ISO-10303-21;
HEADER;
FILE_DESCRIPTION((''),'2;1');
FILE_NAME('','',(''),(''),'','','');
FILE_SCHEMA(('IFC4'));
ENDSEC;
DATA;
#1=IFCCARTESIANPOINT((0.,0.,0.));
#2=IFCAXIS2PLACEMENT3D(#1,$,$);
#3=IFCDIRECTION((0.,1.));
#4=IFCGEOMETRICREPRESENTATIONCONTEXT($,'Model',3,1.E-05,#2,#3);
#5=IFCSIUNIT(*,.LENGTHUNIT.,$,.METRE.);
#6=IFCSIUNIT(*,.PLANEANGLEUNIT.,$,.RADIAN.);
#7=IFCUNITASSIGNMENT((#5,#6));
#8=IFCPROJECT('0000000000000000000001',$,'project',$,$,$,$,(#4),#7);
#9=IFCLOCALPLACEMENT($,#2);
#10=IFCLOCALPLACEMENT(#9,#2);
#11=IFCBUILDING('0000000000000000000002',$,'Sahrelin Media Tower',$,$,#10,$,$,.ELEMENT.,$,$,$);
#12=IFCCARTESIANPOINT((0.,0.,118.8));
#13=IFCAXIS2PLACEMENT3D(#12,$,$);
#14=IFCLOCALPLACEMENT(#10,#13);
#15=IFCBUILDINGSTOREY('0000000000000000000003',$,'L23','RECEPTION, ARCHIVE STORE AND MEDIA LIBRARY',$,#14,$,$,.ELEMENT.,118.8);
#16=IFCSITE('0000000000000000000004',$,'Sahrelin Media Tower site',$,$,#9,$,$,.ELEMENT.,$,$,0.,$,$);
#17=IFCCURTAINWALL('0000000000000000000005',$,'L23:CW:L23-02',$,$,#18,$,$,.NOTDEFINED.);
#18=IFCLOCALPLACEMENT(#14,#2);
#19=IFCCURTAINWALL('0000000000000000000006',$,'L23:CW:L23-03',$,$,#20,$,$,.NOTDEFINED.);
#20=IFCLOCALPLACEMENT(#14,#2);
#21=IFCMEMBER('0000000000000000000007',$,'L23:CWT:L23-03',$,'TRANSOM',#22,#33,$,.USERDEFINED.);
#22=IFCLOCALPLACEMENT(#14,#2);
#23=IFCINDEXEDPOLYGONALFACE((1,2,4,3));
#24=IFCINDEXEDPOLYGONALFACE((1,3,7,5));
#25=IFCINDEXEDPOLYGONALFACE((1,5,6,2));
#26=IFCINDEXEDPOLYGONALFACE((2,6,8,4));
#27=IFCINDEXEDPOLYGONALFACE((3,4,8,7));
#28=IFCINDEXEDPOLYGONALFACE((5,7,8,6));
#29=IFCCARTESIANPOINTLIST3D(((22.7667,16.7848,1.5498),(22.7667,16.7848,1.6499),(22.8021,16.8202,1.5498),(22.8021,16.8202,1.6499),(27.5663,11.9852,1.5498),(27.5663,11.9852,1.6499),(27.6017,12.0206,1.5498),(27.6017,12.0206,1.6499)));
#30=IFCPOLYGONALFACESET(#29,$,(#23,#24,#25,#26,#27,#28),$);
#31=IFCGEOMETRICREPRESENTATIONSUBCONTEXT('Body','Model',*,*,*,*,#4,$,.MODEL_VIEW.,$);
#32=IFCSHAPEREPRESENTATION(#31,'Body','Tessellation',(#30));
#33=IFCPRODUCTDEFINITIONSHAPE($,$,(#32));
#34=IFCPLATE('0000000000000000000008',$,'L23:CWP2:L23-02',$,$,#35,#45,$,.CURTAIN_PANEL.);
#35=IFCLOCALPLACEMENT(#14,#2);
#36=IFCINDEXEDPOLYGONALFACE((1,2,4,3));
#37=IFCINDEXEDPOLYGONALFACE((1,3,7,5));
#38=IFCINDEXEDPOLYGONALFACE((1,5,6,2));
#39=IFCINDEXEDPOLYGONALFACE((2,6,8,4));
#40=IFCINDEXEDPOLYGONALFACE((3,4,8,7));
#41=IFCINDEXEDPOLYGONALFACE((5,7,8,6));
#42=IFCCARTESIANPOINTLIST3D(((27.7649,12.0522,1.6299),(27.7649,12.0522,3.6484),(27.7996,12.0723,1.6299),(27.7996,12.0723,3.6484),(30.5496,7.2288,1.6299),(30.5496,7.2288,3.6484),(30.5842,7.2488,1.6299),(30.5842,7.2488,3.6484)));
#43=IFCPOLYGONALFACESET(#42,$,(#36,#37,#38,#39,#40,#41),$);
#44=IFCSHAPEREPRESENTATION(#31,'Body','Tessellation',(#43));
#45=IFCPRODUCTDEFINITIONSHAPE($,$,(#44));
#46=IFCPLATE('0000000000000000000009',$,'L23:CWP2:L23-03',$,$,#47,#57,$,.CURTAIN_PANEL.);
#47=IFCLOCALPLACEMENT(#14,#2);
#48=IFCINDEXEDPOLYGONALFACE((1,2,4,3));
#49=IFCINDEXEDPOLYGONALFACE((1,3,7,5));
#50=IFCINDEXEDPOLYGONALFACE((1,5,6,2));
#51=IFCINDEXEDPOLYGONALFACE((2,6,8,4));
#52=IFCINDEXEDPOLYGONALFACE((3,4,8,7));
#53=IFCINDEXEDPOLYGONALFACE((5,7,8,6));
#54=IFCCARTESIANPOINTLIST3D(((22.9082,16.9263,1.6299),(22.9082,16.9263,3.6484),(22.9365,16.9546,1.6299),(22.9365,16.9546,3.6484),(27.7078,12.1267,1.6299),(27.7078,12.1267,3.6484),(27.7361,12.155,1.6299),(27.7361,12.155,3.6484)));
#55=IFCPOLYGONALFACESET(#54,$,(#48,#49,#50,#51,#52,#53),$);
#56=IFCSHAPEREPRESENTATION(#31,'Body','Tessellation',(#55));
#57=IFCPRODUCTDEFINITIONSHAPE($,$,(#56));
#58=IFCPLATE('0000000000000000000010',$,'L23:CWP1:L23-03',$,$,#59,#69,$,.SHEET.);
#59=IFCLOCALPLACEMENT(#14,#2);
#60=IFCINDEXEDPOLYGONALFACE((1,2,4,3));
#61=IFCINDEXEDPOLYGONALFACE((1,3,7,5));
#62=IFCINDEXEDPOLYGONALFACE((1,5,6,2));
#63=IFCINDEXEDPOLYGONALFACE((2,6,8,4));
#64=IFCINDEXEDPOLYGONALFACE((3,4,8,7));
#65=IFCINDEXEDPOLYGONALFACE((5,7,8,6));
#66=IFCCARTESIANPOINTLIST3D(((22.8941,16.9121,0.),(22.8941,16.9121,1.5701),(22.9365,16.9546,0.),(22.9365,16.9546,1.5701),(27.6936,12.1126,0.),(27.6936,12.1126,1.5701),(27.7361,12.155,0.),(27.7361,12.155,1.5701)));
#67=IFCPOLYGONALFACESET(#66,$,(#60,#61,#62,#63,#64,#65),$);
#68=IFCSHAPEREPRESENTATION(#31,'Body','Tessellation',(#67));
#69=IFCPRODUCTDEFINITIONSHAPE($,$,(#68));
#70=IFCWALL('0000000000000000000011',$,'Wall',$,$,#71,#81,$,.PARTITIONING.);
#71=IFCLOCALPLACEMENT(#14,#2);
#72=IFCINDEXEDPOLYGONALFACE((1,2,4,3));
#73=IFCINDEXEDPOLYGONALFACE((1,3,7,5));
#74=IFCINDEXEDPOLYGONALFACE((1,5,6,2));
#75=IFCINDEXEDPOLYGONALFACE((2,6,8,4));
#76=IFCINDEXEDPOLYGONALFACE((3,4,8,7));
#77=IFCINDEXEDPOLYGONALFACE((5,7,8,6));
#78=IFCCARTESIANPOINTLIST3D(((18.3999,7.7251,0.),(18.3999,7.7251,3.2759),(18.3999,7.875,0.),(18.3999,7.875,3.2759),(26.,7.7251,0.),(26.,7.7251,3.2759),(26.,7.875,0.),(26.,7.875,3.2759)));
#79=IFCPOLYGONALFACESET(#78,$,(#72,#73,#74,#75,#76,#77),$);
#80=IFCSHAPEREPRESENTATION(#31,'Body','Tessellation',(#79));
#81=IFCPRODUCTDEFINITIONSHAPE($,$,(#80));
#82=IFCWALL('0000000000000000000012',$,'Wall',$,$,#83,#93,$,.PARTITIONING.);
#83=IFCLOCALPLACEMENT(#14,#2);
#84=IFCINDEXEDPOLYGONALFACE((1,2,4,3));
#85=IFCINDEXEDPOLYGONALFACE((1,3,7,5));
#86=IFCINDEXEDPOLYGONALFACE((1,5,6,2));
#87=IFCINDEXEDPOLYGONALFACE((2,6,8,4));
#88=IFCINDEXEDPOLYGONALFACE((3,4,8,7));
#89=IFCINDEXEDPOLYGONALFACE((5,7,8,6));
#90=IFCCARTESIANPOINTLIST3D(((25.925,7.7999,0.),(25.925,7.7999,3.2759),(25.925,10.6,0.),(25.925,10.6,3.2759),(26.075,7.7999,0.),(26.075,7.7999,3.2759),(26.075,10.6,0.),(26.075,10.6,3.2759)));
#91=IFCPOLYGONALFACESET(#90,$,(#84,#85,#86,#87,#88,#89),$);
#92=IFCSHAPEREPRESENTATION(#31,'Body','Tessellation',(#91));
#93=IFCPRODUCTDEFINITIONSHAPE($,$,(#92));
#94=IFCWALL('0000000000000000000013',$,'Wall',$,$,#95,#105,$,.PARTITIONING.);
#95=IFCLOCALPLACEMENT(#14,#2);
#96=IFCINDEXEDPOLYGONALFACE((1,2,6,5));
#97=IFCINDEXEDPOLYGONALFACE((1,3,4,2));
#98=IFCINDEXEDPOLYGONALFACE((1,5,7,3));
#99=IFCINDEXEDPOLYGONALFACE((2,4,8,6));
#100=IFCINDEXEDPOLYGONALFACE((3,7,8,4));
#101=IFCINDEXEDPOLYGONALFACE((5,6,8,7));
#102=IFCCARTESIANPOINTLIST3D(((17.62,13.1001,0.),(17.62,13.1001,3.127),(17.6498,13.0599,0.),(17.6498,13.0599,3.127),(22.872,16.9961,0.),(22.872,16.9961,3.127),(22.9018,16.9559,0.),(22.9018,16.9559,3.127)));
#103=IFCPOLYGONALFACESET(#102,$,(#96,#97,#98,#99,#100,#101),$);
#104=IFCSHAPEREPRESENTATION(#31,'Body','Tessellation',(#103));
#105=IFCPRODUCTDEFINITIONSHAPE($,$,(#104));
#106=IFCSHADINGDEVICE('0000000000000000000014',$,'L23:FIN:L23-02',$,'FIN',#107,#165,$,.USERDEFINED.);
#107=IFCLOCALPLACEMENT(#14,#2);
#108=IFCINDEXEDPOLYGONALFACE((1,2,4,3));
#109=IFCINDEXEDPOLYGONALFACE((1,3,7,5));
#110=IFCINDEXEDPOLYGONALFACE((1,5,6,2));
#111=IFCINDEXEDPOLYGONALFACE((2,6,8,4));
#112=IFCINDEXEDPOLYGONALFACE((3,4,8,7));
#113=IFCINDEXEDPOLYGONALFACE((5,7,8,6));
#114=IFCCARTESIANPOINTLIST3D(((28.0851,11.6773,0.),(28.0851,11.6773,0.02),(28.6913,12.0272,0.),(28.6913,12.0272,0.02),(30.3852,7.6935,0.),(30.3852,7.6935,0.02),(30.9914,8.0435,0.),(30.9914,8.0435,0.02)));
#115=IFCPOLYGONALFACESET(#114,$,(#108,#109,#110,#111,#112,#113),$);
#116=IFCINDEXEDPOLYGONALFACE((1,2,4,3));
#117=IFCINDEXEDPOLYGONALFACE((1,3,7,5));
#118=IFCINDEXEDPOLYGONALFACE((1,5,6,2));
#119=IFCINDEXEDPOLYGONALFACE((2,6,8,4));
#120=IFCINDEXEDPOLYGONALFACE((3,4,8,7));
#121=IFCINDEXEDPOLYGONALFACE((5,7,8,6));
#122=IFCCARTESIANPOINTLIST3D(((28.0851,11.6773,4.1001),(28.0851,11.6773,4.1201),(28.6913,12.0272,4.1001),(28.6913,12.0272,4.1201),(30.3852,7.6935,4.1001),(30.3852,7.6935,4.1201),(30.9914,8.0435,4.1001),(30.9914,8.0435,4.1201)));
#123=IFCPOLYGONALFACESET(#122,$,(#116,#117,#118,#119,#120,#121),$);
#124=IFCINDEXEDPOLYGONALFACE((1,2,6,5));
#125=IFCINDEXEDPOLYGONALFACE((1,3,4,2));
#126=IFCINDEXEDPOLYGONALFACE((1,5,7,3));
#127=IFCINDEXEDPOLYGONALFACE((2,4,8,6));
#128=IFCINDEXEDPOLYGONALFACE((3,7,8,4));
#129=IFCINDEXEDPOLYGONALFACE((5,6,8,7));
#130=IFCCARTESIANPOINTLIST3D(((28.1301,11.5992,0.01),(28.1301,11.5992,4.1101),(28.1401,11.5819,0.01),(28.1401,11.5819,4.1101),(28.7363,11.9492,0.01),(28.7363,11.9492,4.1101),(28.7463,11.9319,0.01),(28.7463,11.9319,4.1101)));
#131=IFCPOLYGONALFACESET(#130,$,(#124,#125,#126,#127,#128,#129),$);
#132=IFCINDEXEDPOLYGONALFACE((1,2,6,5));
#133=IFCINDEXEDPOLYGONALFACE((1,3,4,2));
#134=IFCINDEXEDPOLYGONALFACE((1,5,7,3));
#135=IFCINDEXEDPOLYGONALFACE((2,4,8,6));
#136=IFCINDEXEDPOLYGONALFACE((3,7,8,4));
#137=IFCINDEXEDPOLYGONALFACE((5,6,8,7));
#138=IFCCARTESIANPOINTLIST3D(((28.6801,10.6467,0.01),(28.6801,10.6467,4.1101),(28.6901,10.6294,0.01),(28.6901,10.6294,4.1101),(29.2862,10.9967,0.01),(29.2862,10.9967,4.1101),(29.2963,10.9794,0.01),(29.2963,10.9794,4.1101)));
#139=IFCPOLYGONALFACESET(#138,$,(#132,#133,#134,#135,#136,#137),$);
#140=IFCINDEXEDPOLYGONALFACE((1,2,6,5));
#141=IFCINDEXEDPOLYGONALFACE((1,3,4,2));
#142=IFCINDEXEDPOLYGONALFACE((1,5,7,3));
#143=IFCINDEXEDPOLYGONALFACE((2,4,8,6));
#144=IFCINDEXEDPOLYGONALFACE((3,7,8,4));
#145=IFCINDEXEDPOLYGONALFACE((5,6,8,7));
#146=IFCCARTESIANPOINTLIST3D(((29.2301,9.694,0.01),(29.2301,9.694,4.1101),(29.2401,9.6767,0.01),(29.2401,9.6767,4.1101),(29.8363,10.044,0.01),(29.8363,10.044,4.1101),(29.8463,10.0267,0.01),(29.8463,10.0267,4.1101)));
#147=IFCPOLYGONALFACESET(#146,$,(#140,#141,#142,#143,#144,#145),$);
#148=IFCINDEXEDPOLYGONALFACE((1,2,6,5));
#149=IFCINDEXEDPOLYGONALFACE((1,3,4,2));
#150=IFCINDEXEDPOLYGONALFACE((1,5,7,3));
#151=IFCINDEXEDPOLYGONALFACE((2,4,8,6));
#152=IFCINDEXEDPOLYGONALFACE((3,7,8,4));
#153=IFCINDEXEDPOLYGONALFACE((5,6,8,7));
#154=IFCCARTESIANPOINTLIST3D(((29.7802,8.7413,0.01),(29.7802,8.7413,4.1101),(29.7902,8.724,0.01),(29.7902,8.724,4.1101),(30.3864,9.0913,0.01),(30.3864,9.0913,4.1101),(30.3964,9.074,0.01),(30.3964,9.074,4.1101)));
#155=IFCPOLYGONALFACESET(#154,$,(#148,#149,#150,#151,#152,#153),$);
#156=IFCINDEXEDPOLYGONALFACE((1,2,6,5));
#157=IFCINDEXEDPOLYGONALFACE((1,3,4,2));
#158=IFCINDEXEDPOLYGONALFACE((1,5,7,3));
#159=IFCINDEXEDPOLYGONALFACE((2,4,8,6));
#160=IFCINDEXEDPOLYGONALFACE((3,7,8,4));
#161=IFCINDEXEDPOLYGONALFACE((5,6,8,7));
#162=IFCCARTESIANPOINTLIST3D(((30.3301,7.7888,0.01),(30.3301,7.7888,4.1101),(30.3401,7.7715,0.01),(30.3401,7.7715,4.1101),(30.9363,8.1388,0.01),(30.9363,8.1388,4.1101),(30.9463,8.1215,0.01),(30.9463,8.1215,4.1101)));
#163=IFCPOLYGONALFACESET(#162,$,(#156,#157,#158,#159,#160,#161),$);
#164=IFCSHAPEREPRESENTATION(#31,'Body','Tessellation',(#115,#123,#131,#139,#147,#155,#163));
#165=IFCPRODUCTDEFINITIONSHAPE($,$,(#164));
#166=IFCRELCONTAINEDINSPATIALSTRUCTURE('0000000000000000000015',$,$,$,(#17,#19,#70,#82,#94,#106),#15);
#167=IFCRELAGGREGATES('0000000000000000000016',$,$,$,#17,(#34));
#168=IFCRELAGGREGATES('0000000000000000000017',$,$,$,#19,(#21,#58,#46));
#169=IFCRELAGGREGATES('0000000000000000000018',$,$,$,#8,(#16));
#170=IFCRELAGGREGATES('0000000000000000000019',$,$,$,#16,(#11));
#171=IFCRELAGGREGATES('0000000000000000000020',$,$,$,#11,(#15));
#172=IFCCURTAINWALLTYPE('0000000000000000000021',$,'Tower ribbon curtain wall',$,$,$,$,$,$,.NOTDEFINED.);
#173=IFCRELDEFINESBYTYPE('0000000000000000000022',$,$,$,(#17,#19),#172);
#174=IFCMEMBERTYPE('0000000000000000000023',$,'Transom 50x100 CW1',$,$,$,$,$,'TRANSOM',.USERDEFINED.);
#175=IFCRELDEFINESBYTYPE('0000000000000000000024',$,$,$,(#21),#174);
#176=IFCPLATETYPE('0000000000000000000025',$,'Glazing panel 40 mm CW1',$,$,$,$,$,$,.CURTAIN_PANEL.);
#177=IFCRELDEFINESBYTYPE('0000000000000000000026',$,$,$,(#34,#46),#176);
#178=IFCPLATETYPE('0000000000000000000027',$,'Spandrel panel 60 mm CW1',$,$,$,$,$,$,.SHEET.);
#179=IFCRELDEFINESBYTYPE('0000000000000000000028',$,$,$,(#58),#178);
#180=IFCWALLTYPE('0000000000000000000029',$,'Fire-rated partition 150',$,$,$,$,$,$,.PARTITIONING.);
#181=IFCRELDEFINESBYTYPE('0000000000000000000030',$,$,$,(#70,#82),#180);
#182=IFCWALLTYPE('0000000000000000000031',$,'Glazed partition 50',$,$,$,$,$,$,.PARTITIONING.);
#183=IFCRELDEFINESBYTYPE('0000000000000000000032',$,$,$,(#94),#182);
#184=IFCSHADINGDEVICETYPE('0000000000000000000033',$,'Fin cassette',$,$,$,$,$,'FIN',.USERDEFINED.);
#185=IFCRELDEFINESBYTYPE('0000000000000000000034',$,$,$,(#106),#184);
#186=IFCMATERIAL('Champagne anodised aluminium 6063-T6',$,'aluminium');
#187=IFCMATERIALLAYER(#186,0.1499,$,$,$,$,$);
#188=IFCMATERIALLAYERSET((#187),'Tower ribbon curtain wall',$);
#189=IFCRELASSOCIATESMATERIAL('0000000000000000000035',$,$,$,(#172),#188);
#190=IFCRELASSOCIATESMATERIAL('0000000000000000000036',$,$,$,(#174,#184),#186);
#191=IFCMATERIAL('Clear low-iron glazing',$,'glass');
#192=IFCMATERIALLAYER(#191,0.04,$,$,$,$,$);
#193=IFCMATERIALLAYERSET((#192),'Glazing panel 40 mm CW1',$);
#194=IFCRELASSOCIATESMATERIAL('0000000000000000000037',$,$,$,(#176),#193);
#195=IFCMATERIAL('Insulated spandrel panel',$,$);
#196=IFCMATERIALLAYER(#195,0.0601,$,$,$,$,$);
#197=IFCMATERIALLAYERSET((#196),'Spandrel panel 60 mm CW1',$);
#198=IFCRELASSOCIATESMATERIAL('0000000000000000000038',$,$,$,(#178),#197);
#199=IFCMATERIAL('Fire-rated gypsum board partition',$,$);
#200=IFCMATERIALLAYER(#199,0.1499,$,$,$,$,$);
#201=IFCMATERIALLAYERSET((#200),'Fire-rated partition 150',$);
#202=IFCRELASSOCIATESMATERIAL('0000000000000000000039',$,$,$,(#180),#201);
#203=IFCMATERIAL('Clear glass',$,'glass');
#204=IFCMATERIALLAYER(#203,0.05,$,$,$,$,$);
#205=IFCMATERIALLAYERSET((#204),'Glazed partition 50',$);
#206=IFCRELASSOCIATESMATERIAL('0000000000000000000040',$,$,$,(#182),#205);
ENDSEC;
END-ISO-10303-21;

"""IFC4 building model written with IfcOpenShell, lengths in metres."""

from ifc_helpers import new_model, si_unit, direction, frame, frame_2d, origin, origin_2d, place, context, subcontext, project, spatial, polyline, rectangle, outline, extrude, material, layer, layer_set, material_profile, profile_set, type_object, element, aggregate, save


model = new_model("IFC4")

# Units and contexts
model_context = context("Model", 3, precision=1e-05, world=origin(), true_north=direction((0.0, 1.0)))
body_context = subcontext(model_context, "Body", "Model", "MODEL_VIEW")
ifc_project = project(units=[si_unit("LENGTHUNIT", "METRE"), si_unit("PLANEANGLEUNIT", "RADIAN")], contexts=[model_context])

# Site, building, storey
site_placement = place(None, origin())
site = spatial("IfcSite", under=ifc_project, at=site_placement, Name="Sahrelin Media Tower site", CompositionType="ELEMENT", RefElevation=0.0)
building_placement = place(site_placement, origin())
building = spatial("IfcBuilding", under=site, at=building_placement, Name="Sahrelin Media Tower", CompositionType="ELEMENT")
storey_placement = place(building_placement, frame((0.0, 0.0, 118.8)))
storey = spatial("IfcBuildingStorey", under=building, at=storey_placement, Name="L23", Description="RECEPTION, ARCHIVE STORE AND MEDIA LIBRARY", CompositionType="ELEMENT", Elevation=118.8)

# Curtain walls
ifc_material_1 = material(Name="Champagne anodised aluminium 6063-T6", Category="aluminium")
ifc_layer_1 = layer(ifc_material_1, 0.1499)
ifc_layer_set_1 = layer_set([ifc_layer_1], Name="Tower ribbon curtain wall")
curtain_wall_type = type_object("IfcCurtainWallType", Name="Tower ribbon curtain wall", PredefinedType="NOTDEFINED", material=ifc_layer_set_1)
curtain_wall_1_placement = place(storey_placement, frame((29.1746, 9.6504, 0.0), z_axis=(0.0, 0.0, 1.0), x_axis=(1.0, 0.0, 0.0)))
curtain_wall_1 = element("IfcCurtainWall", 1, at=curtain_wall_1_placement, inside=storey, type_object=curtain_wall_type, Name="L23:CW:L23-02", PredefinedType="NOTDEFINED")
curtain_wall_2_placement = place(storey_placement, frame((25.322, 14.5405, 0.0), z_axis=(0.0, 0.0, 1.0), x_axis=(1.0, 0.0, 0.0)))
curtain_wall_2 = element("IfcCurtainWall", 2, at=curtain_wall_2_placement, inside=storey, type_object=curtain_wall_type, Name="L23:CW:L23-03", PredefinedType="NOTDEFINED")

# Member
ifc_material_profile_1 = material_profile(ifc_material_1, rectangle(XDim=0.05, YDim=0.1001, at=origin_2d()), Name="Transom 50x100")
ifc_profile_set_1 = profile_set([ifc_material_profile_1], Name="Champagne anodised aluminium 6063-T6")
member_type_1 = type_object("IfcMemberType", Name="Transom 50x100 CW1", ElementType="TRANSOM", PredefinedType="USERDEFINED", material=ifc_profile_set_1)
member_1_placement = place(storey_placement, frame((27.584, 12.0029, 1.5999), z_axis=(-0.707107, 0.707107, 0.0), x_axis=(-0.707107, -0.707107, 0.0)))
member_1 = element("IfcMember", 3, at=member_1_placement, type_object=member_type_1, Name="L23:CWT:L23-03", ObjectType="TRANSOM", PredefinedType="USERDEFINED", context=body_context, shape_type="SweptSolid", body=[
    extrude(rectangle(XDim=0.05, YDim=0.1001, at=origin_2d()), origin(), (0.0, 0.0, 1.0), 6.7876),
])

# Plates
ifc_material_2 = material(Name="Clear low-iron glazing", Category="glass")
ifc_layer_2 = layer(ifc_material_2, 0.04)
ifc_layer_set_2 = layer_set([ifc_layer_2], Name="Glazing panel 40 mm CW1")
plate_type_1 = type_object("IfcPlateType", Name="Glazing panel 40 mm CW1", PredefinedType="CURTAIN_PANEL", material=ifc_layer_set_2)
plate_1_placement = place(storey_placement, frame((30.5842, 7.2488, 1.6299), z_axis=(0.866039, 0.499977, 0.0), x_axis=(-0.499977, 0.866039, 0.0)))
plate_1 = element("IfcPlate", 4, at=plate_1_placement, type_object=plate_type_1, Name="L23:CWP2:L23-02", PredefinedType="CURTAIN_PANEL", context=body_context, shape_type="SweptSolid", body=[
    extrude(outline(polyline([(0.0, 0.0), (5.5696, 0.0), (5.5696, 2.0186), (0.0, 2.0186), (0.0, 0.0)])), origin(), (0.0, 0.0, -1.0), 0.04),
])
aggregate(curtain_wall_1, [plate_1])
plate_2_placement = place(storey_placement, frame((27.7361, 12.155, 1.6299), z_axis=(0.707107, 0.707107, 0.0), x_axis=(-0.707107, 0.707107, 0.0)))
plate_2 = element("IfcPlate", 5, at=plate_2_placement, type_object=plate_type_1, Name="L23:CWP2:L23-03", PredefinedType="CURTAIN_PANEL", context=body_context, shape_type="SweptSolid", body=[
    extrude(outline(polyline([(0.0, 0.0), (6.7876, 0.0), (6.7876, 2.0186), (0.0, 2.0186), (0.0, 0.0)])), origin(), (0.0, 0.0, -1.0), 0.04),
])
ifc_material_3 = material(Name="Insulated spandrel panel")
ifc_layer_3 = layer(ifc_material_3, 0.0601)
ifc_layer_set_3 = layer_set([ifc_layer_3], Name="Spandrel panel 60 mm CW1")
plate_type_2 = type_object("IfcPlateType", Name="Spandrel panel 60 mm CW1", PredefinedType="SHEET", material=ifc_layer_set_3)
plate_3_placement = place(storey_placement, frame((27.7361, 12.155, 0.0), z_axis=(0.707107, 0.707107, 0.0), x_axis=(-0.707107, 0.707107, 0.0)))
plate_3 = element("IfcPlate", 6, at=plate_3_placement, type_object=plate_type_2, Name="L23:CWP1:L23-03", PredefinedType="SHEET", context=body_context, shape_type="SweptSolid", body=[
    extrude(outline(polyline([(0.0, 0.0), (6.7876, 0.0), (6.7876, 1.5701), (0.0, 1.5701), (0.0, 0.0)])), origin(), (0.0, 0.0, -1.0), 0.0601),
])
aggregate(curtain_wall_2, [member_1, plate_3, plate_2])

# Walls
ifc_material_4 = material(Name="Fire-rated gypsum board partition")
ifc_layer_4 = layer(ifc_material_4, 0.1499)
ifc_layer_set_4 = layer_set([ifc_layer_4], Name="Fire-rated partition 150")
wall_type_1 = type_object("IfcWallType", Name="Fire-rated partition 150", PredefinedType="PARTITIONING", material=ifc_layer_set_4)
wall_1_placement = place(storey_placement, frame((18.3999, 7.8, 0.0), z_axis=(0.0, 0.0, 1.0), x_axis=(1.0, 0.0, 0.0)))
element("IfcWall", 7, at=wall_1_placement, inside=storey, type_object=wall_type_1, Name="Wall", PredefinedType="PARTITIONING", context=body_context, shape_type="SweptSolid", body=[
    extrude(rectangle(XDim=7.6001, YDim=0.1499, at=frame_2d((3.8, 0.0))), origin(), (0.0, 0.0, 1.0), 3.2759),
])
wall_2_placement = place(storey_placement, frame((26.0, 7.8, 0.0), z_axis=(0.0, 0.0, 1.0), x_axis=(0.0, 1.0, 0.0)))
element("IfcWall", 8, at=wall_2_placement, inside=storey, type_object=wall_type_1, Name="Wall", PredefinedType="PARTITIONING", context=body_context, shape_type="SweptSolid", body=[
    extrude(rectangle(XDim=2.8, YDim=0.1499, at=frame_2d((1.3999, 0.0))), origin(), (0.0, 0.0, 1.0), 3.2759),
])
ifc_material_5 = material(Name="Clear glass", Category="glass")
ifc_layer_5 = layer(ifc_material_5, 0.05)
ifc_layer_set_5 = layer_set([ifc_layer_5], Name="Glazed partition 50")
wall_type_2 = type_object("IfcWallType", Name="Glazed partition 50", PredefinedType="PARTITIONING", material=ifc_layer_set_5)
wall_3_placement = place(storey_placement, frame((17.635, 13.0801, 0.0), z_axis=(0.0, 0.0, 1.0), x_axis=(0.803143, 0.595786, 0.0)))
element("IfcWall", 9, at=wall_3_placement, inside=storey, type_object=wall_type_2, Name="Wall", PredefinedType="PARTITIONING", context=body_context, shape_type="SweptSolid", body=[
    extrude(rectangle(XDim=6.5393, YDim=0.05, at=frame_2d((3.2695, 0.0))), origin(), (0.0, 0.0, 1.0), 3.127),
])

# Shading device
shading_device_type_1 = type_object("IfcShadingDeviceType", Name="Fin cassette", ElementType="FIN", PredefinedType="USERDEFINED", material=ifc_material_1)
placement_1 = place(storey_placement, frame((29.1746, 9.6504, 0.0), z_axis=(0.0, 0.0, 1.0), x_axis=(0.500011, -0.866019, 0.0)))
element("IfcShadingDevice", 10, at=placement_1, inside=storey, type_object=shading_device_type_1, Name="L23:FIN:L23-02", ObjectType="FIN", PredefinedType="USERDEFINED", context=body_context, shape_type="SweptSolid", body=[
    extrude(rectangle(XDim=4.6001, YDim=0.7, at=origin_2d()), frame((0.0, 0.4199, 0.0)), (0.0, 0.0, 1.0), 0.02),
    extrude(rectangle(XDim=4.6001, YDim=0.7, at=origin_2d()), frame((0.0, 0.4199, 4.1001)), (0.0, 0.0, 1.0), 0.02),
    extrude(rectangle(XDim=0.02, YDim=0.7, at=origin_2d()), frame((-2.2, 0.4199, 0.01), z_axis=(0.0, 0.0, 1.0), x_axis=(1.0, 0.0, 0.0)), (0.0, 0.0, 1.0), 4.1001),
    extrude(rectangle(XDim=0.02, YDim=0.7, at=origin_2d()), frame((-1.1001, 0.4199, 0.01), z_axis=(0.0, 0.0, 1.0), x_axis=(1.0, 0.0, 0.0)), (0.0, 0.0, 1.0), 4.1001),
    extrude(rectangle(XDim=0.02, YDim=0.7, at=origin_2d()), frame((0.0, 0.4199, 0.01), z_axis=(0.0, 0.0, 1.0), x_axis=(1.0, 0.0, 0.0)), (0.0, 0.0, 1.0), 4.1001),
    extrude(rectangle(XDim=0.02, YDim=0.7, at=origin_2d()), frame((1.1001, 0.4199, 0.01), z_axis=(0.0, 0.0, 1.0), x_axis=(1.0, 0.0, 0.0)), (0.0, 0.0, 1.0), 4.1001),
    extrude(rectangle(XDim=0.02, YDim=0.7, at=origin_2d()), frame((2.2, 0.4199, 0.01), z_axis=(0.0, 0.0, 1.0), x_axis=(1.0, 0.0, 0.0)), (0.0, 0.0, 1.0), 4.1001),
])

save(model, "model.ifc")
